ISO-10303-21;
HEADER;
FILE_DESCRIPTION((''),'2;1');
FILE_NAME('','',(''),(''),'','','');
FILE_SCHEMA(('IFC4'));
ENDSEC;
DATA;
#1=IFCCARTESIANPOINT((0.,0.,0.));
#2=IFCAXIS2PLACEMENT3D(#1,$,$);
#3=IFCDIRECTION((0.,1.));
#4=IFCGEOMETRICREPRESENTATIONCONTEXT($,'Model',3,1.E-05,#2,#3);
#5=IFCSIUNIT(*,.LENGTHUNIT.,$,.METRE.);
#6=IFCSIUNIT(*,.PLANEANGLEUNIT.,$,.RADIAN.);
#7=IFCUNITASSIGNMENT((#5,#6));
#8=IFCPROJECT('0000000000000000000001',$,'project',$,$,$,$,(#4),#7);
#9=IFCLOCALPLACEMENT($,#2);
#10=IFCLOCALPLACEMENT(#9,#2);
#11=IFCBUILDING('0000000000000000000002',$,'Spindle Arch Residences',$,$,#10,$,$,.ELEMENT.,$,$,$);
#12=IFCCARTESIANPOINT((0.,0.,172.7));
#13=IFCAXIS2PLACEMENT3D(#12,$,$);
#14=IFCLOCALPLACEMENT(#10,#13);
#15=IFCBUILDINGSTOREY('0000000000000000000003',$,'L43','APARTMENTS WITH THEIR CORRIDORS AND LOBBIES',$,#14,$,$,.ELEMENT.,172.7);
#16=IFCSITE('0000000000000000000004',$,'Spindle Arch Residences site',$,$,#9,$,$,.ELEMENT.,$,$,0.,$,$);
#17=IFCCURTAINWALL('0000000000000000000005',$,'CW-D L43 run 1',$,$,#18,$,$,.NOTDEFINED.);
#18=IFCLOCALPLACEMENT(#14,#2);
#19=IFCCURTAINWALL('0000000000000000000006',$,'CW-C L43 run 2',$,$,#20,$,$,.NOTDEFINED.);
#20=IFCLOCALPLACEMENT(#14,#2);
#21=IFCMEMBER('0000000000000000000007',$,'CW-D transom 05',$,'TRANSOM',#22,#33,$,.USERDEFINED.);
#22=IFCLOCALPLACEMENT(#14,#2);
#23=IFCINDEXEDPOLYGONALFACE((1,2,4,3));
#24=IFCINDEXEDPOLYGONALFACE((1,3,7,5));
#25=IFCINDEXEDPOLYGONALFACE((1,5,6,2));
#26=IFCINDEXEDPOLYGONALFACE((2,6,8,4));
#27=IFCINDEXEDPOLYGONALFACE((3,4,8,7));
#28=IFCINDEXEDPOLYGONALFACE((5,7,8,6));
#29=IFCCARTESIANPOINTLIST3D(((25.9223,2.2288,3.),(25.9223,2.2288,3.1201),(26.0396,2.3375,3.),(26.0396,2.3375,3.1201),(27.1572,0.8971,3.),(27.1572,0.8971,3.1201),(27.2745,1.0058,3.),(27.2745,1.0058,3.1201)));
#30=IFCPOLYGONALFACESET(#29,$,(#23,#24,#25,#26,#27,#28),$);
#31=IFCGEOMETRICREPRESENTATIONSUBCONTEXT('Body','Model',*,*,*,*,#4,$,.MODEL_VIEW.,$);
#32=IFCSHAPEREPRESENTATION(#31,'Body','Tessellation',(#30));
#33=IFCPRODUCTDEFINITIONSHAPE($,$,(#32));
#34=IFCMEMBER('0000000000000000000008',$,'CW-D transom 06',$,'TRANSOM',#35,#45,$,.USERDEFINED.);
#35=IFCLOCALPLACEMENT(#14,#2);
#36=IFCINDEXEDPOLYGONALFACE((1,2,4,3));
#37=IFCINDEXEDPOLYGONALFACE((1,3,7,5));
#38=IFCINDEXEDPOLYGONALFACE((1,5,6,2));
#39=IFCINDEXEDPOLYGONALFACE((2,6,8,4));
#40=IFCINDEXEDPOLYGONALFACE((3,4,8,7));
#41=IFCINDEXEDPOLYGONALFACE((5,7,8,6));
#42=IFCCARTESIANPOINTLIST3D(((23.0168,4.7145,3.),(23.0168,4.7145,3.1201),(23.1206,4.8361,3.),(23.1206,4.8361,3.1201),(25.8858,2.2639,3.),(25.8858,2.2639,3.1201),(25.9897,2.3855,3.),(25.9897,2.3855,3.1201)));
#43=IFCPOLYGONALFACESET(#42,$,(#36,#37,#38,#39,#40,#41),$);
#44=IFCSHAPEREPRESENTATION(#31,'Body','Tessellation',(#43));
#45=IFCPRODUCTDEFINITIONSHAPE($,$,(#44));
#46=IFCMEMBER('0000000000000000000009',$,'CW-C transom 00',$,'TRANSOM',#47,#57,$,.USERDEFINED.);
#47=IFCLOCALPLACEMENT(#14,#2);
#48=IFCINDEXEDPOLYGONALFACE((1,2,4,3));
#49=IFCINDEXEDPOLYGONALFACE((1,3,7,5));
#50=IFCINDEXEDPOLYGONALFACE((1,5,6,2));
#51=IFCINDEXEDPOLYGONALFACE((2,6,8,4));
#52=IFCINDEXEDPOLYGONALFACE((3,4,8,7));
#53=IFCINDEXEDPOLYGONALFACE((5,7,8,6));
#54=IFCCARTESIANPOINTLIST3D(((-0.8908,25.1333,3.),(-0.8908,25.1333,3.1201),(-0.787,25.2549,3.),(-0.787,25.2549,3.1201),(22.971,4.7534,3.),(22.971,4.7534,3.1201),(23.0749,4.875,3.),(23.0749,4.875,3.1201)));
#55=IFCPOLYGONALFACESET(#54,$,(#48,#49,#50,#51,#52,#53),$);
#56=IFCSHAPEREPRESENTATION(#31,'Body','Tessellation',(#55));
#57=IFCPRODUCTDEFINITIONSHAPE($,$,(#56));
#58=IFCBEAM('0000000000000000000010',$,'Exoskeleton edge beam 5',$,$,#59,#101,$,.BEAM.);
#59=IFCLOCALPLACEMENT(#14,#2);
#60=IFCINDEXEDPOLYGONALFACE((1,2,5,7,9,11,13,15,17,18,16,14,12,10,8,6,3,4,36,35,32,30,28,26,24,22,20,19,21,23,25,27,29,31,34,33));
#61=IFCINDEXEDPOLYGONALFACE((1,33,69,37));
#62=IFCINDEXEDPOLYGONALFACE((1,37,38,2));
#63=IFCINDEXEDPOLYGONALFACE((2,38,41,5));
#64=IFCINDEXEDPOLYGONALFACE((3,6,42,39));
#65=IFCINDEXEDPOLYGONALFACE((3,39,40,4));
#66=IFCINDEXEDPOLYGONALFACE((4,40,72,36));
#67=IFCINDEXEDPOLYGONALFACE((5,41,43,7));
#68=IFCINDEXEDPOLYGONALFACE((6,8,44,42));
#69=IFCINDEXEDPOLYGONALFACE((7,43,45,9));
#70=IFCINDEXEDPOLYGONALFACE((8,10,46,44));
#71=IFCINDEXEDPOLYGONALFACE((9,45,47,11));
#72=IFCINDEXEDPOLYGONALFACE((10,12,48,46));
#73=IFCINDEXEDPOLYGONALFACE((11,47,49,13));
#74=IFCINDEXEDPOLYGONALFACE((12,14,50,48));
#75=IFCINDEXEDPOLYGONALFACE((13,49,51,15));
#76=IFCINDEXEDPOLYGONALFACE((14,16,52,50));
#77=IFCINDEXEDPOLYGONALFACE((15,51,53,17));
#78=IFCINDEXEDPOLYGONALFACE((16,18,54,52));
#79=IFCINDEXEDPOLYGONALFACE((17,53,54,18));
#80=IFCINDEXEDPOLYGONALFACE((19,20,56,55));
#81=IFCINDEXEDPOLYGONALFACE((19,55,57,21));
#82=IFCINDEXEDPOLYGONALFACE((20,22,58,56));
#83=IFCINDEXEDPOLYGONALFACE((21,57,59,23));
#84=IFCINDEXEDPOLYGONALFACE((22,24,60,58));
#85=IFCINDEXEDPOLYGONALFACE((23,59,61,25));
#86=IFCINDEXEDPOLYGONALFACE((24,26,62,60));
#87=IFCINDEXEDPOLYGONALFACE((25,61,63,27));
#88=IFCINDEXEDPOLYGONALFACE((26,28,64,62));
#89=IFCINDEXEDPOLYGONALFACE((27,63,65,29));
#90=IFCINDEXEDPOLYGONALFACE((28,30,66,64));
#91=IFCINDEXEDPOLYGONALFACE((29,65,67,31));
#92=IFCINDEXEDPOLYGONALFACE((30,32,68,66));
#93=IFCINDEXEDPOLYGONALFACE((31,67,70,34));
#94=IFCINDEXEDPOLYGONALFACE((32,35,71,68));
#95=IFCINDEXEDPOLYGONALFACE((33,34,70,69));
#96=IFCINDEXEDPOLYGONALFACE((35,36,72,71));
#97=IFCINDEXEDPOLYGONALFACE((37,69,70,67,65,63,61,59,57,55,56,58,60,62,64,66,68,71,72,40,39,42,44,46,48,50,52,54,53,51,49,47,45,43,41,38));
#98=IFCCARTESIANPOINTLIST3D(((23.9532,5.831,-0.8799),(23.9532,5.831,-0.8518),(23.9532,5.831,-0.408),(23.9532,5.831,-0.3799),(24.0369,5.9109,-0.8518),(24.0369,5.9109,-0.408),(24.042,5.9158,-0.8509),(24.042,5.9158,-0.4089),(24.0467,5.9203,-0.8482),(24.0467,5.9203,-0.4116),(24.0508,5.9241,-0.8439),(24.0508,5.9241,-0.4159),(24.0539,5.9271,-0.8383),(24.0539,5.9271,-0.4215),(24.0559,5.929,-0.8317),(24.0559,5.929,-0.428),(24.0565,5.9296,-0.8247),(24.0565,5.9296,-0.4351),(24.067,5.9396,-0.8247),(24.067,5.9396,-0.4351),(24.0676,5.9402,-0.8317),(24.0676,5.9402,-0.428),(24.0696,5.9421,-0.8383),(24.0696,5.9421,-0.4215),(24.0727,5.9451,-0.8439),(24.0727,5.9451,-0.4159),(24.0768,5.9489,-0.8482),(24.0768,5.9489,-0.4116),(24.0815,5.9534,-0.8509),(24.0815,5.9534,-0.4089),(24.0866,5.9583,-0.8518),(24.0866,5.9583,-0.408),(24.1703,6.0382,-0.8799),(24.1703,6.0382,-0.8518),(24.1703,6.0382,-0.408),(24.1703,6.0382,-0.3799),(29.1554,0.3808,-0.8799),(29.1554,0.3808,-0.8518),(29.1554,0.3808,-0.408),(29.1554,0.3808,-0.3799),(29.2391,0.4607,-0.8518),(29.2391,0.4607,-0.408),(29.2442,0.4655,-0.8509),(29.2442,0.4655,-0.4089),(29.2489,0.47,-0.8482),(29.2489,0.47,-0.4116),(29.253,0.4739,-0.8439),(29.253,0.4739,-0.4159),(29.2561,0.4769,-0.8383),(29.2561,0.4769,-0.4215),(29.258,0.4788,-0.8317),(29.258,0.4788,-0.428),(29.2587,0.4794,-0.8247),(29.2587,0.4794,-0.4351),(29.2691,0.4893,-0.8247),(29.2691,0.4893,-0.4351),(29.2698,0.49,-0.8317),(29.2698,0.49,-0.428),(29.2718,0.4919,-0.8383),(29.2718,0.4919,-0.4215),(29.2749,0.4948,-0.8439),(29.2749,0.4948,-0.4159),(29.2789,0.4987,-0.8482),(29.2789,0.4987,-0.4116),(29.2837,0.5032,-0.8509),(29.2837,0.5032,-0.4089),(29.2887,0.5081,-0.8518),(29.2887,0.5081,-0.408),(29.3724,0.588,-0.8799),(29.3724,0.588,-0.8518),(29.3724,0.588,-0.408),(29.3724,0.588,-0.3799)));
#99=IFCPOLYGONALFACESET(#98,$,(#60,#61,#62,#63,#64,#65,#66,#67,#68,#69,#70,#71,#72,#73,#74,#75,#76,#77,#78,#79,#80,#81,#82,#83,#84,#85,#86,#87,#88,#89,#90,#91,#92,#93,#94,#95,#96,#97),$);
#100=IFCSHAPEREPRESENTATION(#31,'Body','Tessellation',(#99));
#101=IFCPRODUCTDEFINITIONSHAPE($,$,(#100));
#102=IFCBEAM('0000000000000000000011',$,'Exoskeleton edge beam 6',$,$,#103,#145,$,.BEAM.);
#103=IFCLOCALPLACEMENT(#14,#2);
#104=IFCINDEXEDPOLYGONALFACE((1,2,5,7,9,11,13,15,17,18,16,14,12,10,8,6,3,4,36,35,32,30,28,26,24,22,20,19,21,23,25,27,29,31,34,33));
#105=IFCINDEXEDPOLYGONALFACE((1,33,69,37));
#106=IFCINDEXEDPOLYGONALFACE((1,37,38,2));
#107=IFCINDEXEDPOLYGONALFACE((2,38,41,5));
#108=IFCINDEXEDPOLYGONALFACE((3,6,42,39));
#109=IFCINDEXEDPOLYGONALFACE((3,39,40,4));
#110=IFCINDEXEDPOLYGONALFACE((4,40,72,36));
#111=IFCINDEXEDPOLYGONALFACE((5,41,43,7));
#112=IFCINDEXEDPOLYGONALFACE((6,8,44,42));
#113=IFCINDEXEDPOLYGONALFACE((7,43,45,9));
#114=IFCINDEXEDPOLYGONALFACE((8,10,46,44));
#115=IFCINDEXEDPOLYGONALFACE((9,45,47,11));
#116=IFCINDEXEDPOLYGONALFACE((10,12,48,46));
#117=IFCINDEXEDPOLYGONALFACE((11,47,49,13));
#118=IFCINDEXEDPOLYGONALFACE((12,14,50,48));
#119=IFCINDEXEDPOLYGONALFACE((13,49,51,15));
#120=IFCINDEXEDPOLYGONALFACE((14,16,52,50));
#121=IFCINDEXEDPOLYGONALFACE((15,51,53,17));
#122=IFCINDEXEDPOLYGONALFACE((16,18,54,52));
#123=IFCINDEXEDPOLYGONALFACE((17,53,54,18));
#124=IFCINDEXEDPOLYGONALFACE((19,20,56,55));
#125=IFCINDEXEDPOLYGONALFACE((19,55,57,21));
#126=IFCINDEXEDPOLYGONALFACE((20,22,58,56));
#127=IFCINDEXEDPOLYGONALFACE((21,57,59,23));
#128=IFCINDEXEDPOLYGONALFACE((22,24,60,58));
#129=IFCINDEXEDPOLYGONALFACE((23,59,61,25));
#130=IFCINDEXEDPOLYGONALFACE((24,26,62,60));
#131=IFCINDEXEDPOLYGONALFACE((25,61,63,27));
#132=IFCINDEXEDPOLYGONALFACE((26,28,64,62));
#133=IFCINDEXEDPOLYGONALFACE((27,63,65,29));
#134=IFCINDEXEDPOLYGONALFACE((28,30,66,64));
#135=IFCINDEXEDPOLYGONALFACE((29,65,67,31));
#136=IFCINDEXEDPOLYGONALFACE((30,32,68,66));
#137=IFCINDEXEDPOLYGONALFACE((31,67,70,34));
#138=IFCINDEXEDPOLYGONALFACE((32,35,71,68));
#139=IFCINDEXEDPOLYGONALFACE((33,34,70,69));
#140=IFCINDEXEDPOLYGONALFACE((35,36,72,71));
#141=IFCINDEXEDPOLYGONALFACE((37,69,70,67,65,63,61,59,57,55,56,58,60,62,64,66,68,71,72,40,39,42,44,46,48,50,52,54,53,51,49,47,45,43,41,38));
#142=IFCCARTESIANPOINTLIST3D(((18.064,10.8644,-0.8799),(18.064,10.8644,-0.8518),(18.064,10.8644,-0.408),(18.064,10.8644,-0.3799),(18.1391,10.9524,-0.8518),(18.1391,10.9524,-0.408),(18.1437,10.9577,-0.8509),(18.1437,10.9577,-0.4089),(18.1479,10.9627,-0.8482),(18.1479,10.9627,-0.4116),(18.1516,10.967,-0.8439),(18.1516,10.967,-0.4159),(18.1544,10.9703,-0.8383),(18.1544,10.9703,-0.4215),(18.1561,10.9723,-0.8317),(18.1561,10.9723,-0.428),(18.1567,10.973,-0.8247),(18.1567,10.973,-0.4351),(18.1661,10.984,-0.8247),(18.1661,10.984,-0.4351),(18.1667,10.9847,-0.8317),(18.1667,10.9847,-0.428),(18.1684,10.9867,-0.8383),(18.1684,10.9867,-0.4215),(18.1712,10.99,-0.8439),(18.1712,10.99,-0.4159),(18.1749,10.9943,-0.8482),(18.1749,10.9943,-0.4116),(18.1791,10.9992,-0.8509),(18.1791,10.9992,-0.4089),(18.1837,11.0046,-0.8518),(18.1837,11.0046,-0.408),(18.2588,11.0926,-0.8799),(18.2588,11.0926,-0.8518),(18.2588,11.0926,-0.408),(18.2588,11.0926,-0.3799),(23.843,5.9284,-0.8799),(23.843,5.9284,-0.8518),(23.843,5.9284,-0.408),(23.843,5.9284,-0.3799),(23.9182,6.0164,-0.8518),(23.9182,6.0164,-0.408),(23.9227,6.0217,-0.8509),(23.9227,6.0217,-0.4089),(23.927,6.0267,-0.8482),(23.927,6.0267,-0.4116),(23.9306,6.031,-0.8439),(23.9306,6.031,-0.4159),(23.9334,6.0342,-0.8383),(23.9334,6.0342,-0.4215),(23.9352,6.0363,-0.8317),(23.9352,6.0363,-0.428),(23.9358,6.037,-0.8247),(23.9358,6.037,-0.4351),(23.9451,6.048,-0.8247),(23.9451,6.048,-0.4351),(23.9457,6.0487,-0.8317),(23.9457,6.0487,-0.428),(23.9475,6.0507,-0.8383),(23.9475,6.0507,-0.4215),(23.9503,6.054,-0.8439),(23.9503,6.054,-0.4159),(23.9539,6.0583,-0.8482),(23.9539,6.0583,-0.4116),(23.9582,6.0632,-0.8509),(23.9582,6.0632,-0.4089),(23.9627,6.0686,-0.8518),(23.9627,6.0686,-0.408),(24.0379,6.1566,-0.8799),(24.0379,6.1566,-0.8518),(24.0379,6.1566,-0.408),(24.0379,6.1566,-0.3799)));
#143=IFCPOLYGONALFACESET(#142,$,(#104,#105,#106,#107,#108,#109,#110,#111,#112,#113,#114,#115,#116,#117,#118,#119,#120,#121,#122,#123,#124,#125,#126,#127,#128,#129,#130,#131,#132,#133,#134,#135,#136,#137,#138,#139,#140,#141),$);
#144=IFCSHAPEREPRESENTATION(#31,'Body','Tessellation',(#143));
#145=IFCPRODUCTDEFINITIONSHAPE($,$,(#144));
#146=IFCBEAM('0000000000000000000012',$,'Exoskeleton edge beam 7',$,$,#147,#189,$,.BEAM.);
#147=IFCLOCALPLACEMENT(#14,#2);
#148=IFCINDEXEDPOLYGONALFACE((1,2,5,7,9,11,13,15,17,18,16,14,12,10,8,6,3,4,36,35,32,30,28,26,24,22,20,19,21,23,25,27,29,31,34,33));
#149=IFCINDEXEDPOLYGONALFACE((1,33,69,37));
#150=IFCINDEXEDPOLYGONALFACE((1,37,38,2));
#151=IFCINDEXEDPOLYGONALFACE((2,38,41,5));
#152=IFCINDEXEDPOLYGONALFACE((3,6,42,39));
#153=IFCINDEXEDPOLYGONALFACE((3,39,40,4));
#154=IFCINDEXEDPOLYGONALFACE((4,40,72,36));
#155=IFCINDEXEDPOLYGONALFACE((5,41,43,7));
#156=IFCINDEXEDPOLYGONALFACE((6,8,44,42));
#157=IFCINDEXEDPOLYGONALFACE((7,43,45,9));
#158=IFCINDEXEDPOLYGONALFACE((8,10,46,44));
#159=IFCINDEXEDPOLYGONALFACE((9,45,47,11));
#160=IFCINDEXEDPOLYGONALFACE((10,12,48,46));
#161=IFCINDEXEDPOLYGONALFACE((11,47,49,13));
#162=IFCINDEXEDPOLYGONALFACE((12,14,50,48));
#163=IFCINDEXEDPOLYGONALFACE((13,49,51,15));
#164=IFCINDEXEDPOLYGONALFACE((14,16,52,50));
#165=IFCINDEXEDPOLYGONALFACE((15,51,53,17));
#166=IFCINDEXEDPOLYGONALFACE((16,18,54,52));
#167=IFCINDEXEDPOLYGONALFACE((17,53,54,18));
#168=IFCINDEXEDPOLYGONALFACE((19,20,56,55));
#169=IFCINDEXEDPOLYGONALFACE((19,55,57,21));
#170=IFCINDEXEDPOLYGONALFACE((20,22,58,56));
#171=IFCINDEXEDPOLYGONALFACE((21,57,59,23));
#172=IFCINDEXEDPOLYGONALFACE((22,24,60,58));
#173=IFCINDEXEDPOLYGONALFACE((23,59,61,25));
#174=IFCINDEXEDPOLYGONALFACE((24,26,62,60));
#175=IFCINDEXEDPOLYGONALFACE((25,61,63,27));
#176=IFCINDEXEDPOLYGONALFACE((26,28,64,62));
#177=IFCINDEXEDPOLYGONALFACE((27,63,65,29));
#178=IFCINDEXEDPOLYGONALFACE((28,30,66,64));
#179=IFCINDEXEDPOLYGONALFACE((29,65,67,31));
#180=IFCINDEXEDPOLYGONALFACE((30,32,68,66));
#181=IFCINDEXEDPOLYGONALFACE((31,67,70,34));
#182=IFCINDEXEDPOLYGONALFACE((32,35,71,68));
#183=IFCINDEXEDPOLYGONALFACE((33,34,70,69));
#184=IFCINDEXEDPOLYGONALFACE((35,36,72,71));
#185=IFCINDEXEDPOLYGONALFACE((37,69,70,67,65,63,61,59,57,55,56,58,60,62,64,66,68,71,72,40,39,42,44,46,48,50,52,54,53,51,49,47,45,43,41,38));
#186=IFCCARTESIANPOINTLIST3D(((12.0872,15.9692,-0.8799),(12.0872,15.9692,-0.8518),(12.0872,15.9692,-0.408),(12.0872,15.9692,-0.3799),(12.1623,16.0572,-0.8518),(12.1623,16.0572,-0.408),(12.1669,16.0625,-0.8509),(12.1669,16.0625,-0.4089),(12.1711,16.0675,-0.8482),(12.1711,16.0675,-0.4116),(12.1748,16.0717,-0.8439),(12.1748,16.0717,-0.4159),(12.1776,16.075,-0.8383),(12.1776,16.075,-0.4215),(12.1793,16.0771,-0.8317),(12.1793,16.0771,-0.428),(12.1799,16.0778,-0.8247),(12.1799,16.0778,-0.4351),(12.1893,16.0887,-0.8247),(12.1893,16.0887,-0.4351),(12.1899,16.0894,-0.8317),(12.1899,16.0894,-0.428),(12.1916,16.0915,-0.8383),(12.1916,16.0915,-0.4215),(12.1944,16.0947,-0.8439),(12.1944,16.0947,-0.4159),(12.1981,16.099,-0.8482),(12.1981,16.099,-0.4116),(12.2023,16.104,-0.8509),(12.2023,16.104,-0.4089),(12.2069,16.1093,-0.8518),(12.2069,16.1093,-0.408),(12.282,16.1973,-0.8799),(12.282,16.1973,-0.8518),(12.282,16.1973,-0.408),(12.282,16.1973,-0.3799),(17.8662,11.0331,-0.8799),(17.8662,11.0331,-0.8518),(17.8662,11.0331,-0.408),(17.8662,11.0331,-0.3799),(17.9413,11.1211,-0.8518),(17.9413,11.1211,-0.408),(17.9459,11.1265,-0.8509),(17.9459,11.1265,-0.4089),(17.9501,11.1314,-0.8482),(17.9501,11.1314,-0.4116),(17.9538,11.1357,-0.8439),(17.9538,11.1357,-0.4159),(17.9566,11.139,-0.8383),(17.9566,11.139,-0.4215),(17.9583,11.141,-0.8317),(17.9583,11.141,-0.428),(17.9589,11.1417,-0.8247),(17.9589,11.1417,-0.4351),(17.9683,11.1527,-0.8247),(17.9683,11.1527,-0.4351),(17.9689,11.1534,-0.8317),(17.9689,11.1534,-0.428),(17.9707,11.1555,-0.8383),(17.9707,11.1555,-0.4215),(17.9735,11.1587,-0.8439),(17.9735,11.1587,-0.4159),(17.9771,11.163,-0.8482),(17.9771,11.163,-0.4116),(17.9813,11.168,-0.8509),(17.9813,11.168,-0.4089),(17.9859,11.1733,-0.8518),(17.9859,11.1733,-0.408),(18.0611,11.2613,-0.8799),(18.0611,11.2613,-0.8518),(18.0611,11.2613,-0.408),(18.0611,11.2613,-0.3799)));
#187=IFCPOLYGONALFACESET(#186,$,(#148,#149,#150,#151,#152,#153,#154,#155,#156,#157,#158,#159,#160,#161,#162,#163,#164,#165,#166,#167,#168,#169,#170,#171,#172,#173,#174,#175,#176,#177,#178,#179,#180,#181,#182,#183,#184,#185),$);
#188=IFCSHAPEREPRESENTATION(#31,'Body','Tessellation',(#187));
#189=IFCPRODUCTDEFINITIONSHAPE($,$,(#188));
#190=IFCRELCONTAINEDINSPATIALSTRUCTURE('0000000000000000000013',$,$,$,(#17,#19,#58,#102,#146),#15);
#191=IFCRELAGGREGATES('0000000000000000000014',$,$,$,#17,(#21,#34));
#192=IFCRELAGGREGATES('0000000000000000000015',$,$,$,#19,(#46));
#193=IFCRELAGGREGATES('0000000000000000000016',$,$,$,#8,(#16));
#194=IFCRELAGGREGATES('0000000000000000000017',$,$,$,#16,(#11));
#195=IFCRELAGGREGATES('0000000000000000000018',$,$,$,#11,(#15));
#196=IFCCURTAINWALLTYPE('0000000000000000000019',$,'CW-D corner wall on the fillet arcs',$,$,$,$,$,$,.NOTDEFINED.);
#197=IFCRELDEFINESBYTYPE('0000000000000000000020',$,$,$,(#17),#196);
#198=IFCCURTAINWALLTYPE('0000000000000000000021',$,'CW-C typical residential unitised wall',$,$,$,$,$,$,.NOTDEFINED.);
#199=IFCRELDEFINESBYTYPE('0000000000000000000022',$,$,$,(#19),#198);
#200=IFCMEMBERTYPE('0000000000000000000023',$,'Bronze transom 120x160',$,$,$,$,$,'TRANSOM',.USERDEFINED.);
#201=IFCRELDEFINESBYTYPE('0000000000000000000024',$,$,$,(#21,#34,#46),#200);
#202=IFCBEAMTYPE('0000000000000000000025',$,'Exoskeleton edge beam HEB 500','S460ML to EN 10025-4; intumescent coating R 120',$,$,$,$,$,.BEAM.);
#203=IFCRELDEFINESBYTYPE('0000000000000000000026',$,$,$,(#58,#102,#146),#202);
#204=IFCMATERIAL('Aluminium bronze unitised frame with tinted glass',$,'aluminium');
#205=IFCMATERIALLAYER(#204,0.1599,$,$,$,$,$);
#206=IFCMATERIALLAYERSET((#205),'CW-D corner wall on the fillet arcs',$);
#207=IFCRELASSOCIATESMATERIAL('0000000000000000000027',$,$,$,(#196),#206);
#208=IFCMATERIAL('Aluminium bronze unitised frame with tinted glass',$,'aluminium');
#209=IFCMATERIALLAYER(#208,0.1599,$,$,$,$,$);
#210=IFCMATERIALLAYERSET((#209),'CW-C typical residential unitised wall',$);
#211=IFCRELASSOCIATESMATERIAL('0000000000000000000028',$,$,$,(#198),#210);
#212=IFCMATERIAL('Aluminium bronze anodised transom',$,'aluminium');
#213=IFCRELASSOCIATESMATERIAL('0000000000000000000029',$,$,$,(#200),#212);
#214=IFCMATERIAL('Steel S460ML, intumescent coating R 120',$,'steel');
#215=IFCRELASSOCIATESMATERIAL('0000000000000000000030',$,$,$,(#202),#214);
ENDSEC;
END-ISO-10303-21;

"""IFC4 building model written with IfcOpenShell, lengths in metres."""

from ifc_helpers import new_model, si_unit, direction, frame, origin, origin_2d, place, context, subcontext, project, spatial, rectangle, i_section, extrude, material, layer, layer_set, material_profile, profile_set, type_object, element, aggregate, save


model = new_model("IFC4")

# Units and contexts
model_context = context("Model", 3, precision=1e-05, world=origin(), true_north=direction((0.0, 1.0)))
body_context = subcontext(model_context, "Body", "Model", "MODEL_VIEW")
ifc_project = project(units=[si_unit("LENGTHUNIT", "METRE"), si_unit("PLANEANGLEUNIT", "RADIAN")], contexts=[model_context])

# Site, building, storey
site_placement = place(None, origin())
site = spatial("IfcSite", under=ifc_project, at=site_placement, Name="Spindle Arch Residences site", CompositionType="ELEMENT", RefElevation=0.0)
building_placement = place(site_placement, origin())
building = spatial("IfcBuilding", under=site, at=building_placement, Name="Spindle Arch Residences", CompositionType="ELEMENT")
storey_placement = place(building_placement, frame((0.0, 0.0, 172.7)))
storey = spatial("IfcBuildingStorey", under=building, at=storey_placement, Name="L43", Description="APARTMENTS WITH THEIR CORRIDORS AND LOBBIES", CompositionType="ELEMENT", Elevation=172.7)

# Curtain walls
ifc_material_1 = material(Name="Aluminium bronze unitised frame with tinted glass", Category="aluminium")
ifc_layer_1 = layer(ifc_material_1, 0.1599)
ifc_layer_set_1 = layer_set([ifc_layer_1], Name="CW-D corner wall on the fillet arcs")
curtain_wall_type_1 = type_object("IfcCurtainWallType", Name="CW-D corner wall on the fillet arcs", PredefinedType="NOTDEFINED", material=ifc_layer_set_1)
curtain_wall_1_placement = place(storey_placement, origin())
curtain_wall_1 = element("IfcCurtainWall", 1, at=curtain_wall_1_placement, inside=storey, type_object=curtain_wall_type_1, Name="CW-D L43 run 1", PredefinedType="NOTDEFINED")
ifc_material_2 = material(Name="Aluminium bronze unitised frame with tinted glass", Category="aluminium")
ifc_layer_2 = layer(ifc_material_2, 0.1599)
ifc_layer_set_2 = layer_set([ifc_layer_2], Name="CW-C typical residential unitised wall")
curtain_wall_type_2 = type_object("IfcCurtainWallType", Name="CW-C typical residential unitised wall", PredefinedType="NOTDEFINED", material=ifc_layer_set_2)
curtain_wall_2_placement = place(storey_placement, origin())
curtain_wall_2 = element("IfcCurtainWall", 2, at=curtain_wall_2_placement, inside=storey, type_object=curtain_wall_type_2, Name="CW-C L43 run 2", PredefinedType="NOTDEFINED")

# Members
ifc_material_3 = material(Name="Aluminium bronze anodised transom", Category="aluminium")
ifc_material_profile_1 = material_profile(ifc_material_3, rectangle(XDim=0.1599, YDim=0.1201, at=origin_2d()), Name="TR 120x160")
ifc_profile_set_1 = profile_set([ifc_material_profile_1], Name="Aluminium bronze anodised transom")
member_type_1 = type_object("IfcMemberType", Name="Bronze transom 120x160", ElementType="TRANSOM", PredefinedType="USERDEFINED", material=ifc_profile_set_1)
member_1_placement = place(storey_placement, frame((27.2158, 0.9514, 3.0601), z_axis=(-0.67992, 0.733286, 0.0), x_axis=(-0.733286, -0.67992, 0.0)))
member_1 = element("IfcMember", 3, at=member_1_placement, type_object=member_type_1, Name="CW-D transom 05", ObjectType="TRANSOM", PredefinedType="USERDEFINED", context=body_context, shape_type="SweptSolid", body=[
    extrude(rectangle(XDim=0.1599, YDim=0.1201, at=origin_2d()), origin(), (0.0, 0.0, 1.0), 1.8162),
])
member_2_placement = place(storey_placement, frame((25.9377, 2.3247, 3.0601), z_axis=(-0.760379, 0.64948, 0.0), x_axis=(-0.64948, -0.760379, 0.0)))
member_2 = element("IfcMember", 4, at=member_2_placement, type_object=member_type_1, Name="CW-D transom 06", ObjectType="TRANSOM", PredefinedType="USERDEFINED", context=body_context, shape_type="SweptSolid", body=[
    extrude(rectangle(XDim=0.1599, YDim=0.1201, at=origin_2d()), origin(), (0.0, 0.0, 1.0), 3.7732),
])
member_3_placement = place(storey_placement, frame((23.0229, 4.8142, 3.0601), z_axis=(-0.760406, 0.649447, 0.0), x_axis=(-0.649447, -0.760406, 0.0)))
member_3 = element("IfcMember", 5, at=member_3_placement, type_object=member_type_1, Name="CW-C transom 00", ObjectType="TRANSOM", PredefinedType="USERDEFINED", context=body_context, shape_type="SweptSolid", body=[
    extrude(rectangle(XDim=0.1599, YDim=0.1201, at=origin_2d()), origin(), (0.0, 0.0, 1.0), 31.3804),
])

# Beams
ifc_material_4 = material(Name="Steel S460ML, intumescent coating R 120", Category="steel")
ifc_material_profile_2 = material_profile(ifc_material_4, i_section(OverallWidth=0.3, OverallDepth=0.5, WebThickness=0.0144, FlangeThickness=0.0281, FilletRadius=0.0271, at=origin_2d()), Name="HEB 500")
ifc_profile_set_2 = profile_set([ifc_material_profile_2], Name="Steel S460ML, intumescent coating R 120")
beam_type_1 = type_object("IfcBeamType", Name="Exoskeleton edge beam HEB 500", Description="S460ML to EN 10025-4; intumescent coating R 120", PredefinedType="BEAM", material=ifc_profile_set_2)
beam_1_placement = place(storey_placement, frame((29.2639, 0.4844, -0.6299), z_axis=(-0.690454, 0.723376, 0.0), x_axis=(-0.723376, -0.690454, 0.0)))
element("IfcBeam", 6, at=beam_1_placement, inside=storey, type_object=beam_type_1, Name="Exoskeleton edge beam 5", PredefinedType="BEAM", context=body_context, shape_type="SweptSolid", body=[
    extrude(i_section(OverallWidth=0.3, OverallDepth=0.5, WebThickness=0.0144, FlangeThickness=0.0281, FilletRadius=0.0271, at=origin_2d()), origin(), (0.0, 0.0, 1.0), 7.5344),
])
for number, where, z_axis, x_axis, name in (
    (7, (23.9404, 6.0425, -0.6299), (-0.760389, 0.649468, 0.0), (-0.649468, -0.760389, 0.0), "Exoskeleton edge beam 6"),
    (8, (17.9636, 11.1472, -0.6299), (-0.760389, 0.649468, 0.0), (-0.649468, -0.760389, 0.0), "Exoskeleton edge beam 7"),
):
    element("IfcBeam", number, at=place(storey_placement, frame(where, z_axis=z_axis, x_axis=x_axis)), inside=storey, type_object=beam_type_1, Name=name, PredefinedType="BEAM", context=body_context, shape_type="SweptSolid", body=[
        extrude(i_section(OverallWidth=0.3, OverallDepth=0.5, WebThickness=0.0144, FlangeThickness=0.0281, FilletRadius=0.0271, at=origin_2d()), origin(), (0.0, 0.0, 1.0), 7.6001),
    ])

aggregate(curtain_wall_1, [member_1, member_2])
aggregate(curtain_wall_2, [member_3])

save(model, "model.ifc")
